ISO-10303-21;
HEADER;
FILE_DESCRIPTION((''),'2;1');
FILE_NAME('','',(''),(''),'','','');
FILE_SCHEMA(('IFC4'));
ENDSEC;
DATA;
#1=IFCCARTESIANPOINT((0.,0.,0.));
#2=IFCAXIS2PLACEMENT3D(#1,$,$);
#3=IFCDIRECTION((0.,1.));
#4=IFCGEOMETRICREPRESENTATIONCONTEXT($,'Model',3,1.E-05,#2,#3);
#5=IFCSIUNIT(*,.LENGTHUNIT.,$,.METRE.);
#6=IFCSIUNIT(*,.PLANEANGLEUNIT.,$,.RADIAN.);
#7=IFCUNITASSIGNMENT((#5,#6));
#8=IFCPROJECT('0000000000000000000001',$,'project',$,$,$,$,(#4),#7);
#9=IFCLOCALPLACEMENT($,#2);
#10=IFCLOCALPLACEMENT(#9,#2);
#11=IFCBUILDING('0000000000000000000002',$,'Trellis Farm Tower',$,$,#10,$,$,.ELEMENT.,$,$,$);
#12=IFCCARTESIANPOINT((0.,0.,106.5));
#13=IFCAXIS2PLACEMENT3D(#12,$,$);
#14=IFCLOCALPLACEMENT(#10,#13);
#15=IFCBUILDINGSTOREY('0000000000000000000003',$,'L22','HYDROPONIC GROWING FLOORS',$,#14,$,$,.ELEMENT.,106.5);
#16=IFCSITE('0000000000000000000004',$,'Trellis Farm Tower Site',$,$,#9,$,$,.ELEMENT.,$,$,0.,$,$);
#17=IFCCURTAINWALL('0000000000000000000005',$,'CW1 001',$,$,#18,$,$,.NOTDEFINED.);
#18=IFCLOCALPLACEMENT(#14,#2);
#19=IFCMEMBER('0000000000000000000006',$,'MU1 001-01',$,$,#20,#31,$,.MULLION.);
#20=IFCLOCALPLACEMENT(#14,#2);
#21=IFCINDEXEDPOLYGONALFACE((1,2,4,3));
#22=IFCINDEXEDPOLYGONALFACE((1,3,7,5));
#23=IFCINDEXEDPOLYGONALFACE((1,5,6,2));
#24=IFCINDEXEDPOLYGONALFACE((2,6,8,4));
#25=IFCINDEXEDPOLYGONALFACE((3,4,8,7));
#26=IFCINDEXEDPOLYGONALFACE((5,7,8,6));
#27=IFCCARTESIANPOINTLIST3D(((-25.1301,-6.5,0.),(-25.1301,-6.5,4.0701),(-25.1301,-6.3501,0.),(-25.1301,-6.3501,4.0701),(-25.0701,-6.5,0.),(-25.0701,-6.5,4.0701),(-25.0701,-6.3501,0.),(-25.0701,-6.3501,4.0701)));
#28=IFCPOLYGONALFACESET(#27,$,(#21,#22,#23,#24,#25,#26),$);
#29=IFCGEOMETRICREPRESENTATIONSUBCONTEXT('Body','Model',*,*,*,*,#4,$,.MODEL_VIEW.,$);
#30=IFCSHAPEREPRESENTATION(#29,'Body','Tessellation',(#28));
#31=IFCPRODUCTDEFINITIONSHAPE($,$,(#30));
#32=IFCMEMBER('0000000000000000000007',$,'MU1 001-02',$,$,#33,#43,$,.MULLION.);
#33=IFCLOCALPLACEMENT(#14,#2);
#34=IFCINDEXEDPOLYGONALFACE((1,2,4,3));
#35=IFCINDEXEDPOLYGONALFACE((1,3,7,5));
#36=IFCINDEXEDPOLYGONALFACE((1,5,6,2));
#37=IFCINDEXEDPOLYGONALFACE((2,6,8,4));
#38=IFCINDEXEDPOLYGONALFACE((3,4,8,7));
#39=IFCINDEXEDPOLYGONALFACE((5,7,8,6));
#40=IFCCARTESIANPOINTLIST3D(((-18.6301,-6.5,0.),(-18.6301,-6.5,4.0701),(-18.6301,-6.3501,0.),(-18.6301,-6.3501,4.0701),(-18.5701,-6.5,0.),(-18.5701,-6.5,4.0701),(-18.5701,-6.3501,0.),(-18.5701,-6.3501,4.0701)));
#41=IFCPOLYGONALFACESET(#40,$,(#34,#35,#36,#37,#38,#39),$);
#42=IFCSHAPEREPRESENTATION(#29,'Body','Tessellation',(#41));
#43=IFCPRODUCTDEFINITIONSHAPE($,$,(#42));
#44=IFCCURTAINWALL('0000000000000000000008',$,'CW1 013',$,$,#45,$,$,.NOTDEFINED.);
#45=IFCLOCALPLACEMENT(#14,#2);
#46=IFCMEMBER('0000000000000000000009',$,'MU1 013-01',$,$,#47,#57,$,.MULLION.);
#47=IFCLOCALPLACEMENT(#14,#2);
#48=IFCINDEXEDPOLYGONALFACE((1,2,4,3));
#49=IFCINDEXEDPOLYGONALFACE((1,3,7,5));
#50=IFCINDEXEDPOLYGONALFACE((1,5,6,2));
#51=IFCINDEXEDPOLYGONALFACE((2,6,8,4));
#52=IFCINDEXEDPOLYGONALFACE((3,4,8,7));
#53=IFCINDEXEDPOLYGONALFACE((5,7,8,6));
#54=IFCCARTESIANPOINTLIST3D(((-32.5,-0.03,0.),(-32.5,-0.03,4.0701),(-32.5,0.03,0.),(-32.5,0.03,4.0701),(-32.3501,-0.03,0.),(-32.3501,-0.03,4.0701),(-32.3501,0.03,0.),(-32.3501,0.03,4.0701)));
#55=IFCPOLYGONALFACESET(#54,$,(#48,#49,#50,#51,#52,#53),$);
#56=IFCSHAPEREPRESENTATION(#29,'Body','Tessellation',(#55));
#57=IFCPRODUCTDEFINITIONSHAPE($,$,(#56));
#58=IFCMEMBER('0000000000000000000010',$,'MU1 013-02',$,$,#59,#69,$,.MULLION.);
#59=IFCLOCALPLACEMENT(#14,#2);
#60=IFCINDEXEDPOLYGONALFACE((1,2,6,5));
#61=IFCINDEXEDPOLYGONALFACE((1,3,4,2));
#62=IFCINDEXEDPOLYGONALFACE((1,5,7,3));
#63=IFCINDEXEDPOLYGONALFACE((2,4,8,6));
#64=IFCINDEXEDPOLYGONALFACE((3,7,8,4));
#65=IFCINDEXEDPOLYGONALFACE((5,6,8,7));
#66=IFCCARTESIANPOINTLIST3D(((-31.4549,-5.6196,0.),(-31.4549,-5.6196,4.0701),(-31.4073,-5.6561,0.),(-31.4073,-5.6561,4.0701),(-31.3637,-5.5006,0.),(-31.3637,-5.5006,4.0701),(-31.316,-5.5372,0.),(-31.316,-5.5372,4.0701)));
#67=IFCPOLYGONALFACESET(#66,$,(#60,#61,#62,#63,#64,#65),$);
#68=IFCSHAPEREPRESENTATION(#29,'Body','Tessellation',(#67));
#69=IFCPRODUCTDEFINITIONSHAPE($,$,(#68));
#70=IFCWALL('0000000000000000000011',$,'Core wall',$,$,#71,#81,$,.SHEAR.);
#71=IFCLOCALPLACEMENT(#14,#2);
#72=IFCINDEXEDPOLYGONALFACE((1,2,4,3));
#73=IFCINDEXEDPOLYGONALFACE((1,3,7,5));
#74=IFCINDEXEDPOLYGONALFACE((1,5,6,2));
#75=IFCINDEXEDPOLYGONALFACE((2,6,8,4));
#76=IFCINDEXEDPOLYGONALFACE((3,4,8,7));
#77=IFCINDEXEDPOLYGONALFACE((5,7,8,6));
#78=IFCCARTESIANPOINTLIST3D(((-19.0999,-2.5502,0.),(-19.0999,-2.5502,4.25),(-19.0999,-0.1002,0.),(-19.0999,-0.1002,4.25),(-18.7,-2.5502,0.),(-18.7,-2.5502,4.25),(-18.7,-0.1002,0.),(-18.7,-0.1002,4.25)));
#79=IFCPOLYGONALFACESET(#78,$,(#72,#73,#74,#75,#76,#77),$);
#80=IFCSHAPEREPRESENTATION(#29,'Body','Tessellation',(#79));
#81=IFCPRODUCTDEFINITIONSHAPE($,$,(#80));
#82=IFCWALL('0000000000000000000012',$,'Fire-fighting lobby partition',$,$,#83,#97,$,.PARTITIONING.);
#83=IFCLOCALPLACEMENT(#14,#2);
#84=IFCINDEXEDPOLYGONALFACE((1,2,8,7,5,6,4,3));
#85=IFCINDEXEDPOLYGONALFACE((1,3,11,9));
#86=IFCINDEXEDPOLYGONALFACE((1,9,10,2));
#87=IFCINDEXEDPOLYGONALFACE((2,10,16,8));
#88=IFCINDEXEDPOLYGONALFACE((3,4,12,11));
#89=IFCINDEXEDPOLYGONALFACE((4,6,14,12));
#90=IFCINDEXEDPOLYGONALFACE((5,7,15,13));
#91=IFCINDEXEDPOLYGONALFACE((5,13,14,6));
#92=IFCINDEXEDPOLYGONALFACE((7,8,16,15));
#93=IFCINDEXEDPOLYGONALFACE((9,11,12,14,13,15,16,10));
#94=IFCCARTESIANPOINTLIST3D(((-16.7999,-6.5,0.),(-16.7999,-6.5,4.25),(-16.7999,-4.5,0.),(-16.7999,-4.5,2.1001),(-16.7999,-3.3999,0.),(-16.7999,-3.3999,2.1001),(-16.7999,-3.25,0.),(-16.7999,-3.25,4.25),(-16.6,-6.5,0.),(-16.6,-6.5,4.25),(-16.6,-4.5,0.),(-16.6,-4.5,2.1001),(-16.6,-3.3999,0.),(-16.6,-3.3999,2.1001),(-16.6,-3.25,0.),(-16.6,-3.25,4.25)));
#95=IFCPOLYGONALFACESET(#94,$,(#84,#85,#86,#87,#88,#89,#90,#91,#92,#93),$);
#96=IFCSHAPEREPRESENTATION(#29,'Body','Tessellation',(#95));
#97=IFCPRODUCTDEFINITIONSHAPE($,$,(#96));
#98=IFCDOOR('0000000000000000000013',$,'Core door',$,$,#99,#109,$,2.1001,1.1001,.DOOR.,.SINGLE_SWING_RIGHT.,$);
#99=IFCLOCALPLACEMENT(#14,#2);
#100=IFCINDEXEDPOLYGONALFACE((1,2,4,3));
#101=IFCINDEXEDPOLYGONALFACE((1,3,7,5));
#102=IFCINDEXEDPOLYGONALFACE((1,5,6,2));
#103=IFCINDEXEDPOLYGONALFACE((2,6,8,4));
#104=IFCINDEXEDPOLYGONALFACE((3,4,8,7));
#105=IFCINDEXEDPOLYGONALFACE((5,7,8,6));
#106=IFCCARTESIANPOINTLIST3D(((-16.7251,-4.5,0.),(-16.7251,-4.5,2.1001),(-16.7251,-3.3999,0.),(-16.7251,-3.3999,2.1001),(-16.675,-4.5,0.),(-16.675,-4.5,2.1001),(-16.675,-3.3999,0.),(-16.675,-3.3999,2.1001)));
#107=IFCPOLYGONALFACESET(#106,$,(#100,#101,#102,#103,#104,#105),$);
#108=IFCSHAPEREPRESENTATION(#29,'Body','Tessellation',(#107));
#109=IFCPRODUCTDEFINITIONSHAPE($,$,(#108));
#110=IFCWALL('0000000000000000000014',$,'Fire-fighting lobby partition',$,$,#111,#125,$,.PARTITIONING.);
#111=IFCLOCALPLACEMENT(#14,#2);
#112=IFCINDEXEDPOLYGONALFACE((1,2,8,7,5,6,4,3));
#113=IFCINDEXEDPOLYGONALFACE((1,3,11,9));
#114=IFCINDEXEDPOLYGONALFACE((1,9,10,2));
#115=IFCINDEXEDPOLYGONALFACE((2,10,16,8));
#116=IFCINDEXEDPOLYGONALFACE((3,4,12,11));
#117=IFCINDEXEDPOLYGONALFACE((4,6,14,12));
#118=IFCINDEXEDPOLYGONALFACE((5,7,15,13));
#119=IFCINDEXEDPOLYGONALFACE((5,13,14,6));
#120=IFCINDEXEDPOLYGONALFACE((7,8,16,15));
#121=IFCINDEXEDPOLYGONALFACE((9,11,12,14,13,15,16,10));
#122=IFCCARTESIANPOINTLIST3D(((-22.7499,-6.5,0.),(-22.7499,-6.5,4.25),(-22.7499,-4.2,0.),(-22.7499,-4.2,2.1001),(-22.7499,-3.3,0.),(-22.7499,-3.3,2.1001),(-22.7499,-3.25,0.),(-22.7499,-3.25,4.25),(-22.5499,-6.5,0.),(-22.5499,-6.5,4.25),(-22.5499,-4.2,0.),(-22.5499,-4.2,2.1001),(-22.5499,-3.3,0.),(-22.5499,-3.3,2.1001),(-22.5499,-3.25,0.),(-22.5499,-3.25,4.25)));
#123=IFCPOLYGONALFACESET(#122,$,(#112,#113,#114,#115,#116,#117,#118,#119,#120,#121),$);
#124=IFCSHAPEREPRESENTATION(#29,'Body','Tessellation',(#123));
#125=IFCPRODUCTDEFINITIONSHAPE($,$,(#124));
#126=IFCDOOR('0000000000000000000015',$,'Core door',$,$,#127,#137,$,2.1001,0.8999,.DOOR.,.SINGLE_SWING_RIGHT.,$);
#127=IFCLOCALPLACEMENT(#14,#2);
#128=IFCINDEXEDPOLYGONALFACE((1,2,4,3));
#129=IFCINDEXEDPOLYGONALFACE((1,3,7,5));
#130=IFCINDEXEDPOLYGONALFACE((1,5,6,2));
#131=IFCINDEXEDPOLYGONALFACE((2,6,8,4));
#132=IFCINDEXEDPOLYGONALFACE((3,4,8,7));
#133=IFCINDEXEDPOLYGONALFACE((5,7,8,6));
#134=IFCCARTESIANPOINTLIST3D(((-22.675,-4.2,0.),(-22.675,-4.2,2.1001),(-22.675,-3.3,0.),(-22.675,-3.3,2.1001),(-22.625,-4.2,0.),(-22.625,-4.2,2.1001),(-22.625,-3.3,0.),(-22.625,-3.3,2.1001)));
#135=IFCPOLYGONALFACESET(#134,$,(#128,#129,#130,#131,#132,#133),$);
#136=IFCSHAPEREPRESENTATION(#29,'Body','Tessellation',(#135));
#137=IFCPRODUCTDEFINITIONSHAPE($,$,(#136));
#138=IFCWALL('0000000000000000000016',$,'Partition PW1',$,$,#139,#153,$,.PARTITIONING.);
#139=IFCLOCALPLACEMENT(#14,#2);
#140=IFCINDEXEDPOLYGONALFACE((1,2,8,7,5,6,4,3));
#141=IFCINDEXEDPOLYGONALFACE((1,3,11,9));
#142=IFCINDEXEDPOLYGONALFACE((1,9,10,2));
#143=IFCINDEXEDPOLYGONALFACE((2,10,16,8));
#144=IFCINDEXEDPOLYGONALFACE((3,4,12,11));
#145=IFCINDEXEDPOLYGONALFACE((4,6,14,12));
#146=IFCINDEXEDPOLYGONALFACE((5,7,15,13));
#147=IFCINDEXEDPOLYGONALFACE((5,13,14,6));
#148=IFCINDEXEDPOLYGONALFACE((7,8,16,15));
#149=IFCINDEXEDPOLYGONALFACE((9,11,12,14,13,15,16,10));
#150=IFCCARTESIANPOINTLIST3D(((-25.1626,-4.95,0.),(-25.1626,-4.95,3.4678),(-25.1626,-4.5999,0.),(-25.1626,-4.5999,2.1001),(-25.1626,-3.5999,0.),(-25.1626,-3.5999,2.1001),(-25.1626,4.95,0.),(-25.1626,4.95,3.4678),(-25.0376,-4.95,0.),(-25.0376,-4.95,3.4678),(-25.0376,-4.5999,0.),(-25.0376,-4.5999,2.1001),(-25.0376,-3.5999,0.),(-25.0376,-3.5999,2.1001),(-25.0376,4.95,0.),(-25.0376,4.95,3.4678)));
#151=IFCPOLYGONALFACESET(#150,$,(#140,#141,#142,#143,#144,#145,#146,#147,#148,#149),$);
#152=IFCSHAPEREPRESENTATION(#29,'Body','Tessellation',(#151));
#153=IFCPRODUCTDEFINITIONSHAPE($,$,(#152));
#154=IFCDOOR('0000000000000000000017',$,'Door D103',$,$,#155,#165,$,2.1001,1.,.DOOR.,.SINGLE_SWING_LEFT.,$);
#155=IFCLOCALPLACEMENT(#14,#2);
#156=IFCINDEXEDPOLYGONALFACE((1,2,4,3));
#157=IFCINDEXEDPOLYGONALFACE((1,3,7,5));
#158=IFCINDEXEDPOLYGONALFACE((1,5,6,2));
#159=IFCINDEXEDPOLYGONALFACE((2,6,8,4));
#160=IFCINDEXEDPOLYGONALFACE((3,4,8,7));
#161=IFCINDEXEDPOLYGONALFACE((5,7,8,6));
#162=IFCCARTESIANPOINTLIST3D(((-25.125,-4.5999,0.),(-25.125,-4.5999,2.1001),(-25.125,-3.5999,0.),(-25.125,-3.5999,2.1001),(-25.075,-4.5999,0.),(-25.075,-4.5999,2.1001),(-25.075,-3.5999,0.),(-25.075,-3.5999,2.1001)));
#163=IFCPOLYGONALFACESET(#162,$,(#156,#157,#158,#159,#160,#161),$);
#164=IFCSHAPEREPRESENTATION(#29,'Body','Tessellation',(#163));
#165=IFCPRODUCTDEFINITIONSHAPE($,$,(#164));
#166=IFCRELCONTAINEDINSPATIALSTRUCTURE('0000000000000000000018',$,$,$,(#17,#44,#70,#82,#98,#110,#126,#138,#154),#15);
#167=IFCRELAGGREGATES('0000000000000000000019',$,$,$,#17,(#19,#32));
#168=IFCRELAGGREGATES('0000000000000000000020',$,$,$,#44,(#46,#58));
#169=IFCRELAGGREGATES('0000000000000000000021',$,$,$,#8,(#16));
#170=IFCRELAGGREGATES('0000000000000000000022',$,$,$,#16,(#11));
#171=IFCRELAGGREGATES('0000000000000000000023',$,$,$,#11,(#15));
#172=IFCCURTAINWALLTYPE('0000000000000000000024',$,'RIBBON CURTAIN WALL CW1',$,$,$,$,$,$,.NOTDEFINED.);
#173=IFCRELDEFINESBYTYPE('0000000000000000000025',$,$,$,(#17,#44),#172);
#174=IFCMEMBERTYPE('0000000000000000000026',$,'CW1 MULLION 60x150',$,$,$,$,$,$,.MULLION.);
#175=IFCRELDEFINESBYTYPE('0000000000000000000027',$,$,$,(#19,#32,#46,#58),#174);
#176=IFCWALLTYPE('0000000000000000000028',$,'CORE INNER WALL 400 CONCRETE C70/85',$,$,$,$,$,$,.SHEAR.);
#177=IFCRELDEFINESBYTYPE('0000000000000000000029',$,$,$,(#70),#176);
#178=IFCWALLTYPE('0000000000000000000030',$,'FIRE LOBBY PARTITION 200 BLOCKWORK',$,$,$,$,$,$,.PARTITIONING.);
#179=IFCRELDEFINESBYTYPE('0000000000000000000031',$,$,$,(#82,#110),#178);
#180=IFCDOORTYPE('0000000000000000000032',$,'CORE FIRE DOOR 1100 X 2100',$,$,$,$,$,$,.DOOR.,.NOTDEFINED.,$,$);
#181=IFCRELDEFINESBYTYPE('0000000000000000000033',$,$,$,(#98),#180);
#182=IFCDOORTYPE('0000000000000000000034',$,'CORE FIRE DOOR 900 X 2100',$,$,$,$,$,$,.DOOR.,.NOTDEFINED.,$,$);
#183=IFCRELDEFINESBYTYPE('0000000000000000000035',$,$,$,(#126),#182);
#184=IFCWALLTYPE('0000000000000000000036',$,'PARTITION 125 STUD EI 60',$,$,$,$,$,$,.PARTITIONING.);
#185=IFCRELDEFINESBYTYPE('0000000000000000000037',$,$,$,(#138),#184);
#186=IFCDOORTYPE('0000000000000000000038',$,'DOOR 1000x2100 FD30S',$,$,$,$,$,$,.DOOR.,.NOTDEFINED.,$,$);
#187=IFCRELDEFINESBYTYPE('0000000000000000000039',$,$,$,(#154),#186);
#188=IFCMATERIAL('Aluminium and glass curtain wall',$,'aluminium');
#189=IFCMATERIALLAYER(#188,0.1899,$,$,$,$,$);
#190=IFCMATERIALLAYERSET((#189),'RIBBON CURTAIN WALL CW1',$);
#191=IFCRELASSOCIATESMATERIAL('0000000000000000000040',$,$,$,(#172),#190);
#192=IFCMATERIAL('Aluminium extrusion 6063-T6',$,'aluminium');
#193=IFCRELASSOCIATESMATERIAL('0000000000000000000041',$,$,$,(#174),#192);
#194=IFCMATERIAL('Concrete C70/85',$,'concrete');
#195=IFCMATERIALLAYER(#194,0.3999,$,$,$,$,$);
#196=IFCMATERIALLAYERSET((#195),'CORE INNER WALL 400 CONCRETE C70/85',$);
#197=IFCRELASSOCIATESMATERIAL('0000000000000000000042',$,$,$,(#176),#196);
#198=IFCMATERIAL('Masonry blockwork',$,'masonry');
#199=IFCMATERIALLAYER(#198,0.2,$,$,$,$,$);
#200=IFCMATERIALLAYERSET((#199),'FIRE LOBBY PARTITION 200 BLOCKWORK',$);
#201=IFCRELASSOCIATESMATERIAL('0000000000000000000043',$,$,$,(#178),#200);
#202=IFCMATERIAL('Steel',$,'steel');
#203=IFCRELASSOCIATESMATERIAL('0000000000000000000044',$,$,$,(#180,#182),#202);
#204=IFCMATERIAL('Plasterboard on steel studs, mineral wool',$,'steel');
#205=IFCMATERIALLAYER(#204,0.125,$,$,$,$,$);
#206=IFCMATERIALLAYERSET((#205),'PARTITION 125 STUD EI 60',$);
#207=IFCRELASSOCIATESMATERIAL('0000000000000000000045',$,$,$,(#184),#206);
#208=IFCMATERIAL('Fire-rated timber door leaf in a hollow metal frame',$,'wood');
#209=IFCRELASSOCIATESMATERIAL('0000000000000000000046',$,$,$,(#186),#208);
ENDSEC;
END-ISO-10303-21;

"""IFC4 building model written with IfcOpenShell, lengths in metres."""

from ifc_helpers import new_model, si_unit, direction, frame, frame_2d, origin, origin_2d, place, context, subcontext, project, spatial, rectangle, extrude, source, transform, mapped, material, layer, layer_set, material_profile, profile_set, type_object, element, fill, aggregate, save


model = new_model("IFC4")

# Units and contexts
model_context = context("Model", 3, precision=1e-05, world=origin(), true_north=direction((0.0, 1.0)))
body_context = subcontext(model_context, "Body", "Model", "MODEL_VIEW")
ifc_project = project(units=[si_unit("LENGTHUNIT", "METRE"), si_unit("PLANEANGLEUNIT", "RADIAN")], contexts=[model_context])

# Site, building, storey
site_placement = place(None, origin())
site = spatial("IfcSite", under=ifc_project, at=site_placement, Name="Trellis Farm Tower Site", CompositionType="ELEMENT", RefElevation=0.0)
building_placement = place(site_placement, origin())
building = spatial("IfcBuilding", under=site, at=building_placement, Name="Trellis Farm Tower", CompositionType="ELEMENT")
storey_placement = place(building_placement, frame((0.0, 0.0, 106.5)))
storey = spatial("IfcBuildingStorey", under=building, at=storey_placement, Name="L22", Description="HYDROPONIC GROWING FLOORS", CompositionType="ELEMENT", Elevation=106.5)

# Curtain walls, members
ifc_material_1 = material(Name="Aluminium and glass curtain wall", Category="aluminium")
ifc_layer_1 = layer(ifc_material_1, 0.1899)
ifc_layer_set_1 = layer_set([ifc_layer_1], Name="RIBBON CURTAIN WALL CW1")
curtain_wall_type = type_object("IfcCurtainWallType", Name="RIBBON CURTAIN WALL CW1", PredefinedType="NOTDEFINED", material=ifc_layer_set_1)
placement = place(storey_placement, origin())
curtain_wall_1 = element("IfcCurtainWall", 1, at=placement, inside=storey, type_object=curtain_wall_type, Name="CW1 001", PredefinedType="NOTDEFINED")
ifc_material_2 = material(Name="Aluminium extrusion 6063-T6", Category="aluminium")
ifc_material_profile_1 = material_profile(ifc_material_2, rectangle(XDim=0.0601, YDim=0.1499, at=origin_2d()), Name="MULLION 60x150")
ifc_profile_set_1 = profile_set([ifc_material_profile_1], Name="Aluminium extrusion 6063-T6")
member_type = type_object("IfcMemberType", Name="CW1 MULLION 60x150", PredefinedType="MULLION", material=ifc_profile_set_1)
shared_shape_1 = source(origin(), body_context, "Body", "SweptSolid", [
    extrude(rectangle(XDim=0.0601, YDim=0.1499, at=origin_2d()), origin(), (0.0, 0.0, 1.0), 4.0701),
])
member_1_placement = place(storey_placement, frame((-25.1001, -6.425, 0.0), z_axis=(0.0, 0.0, 1.0), x_axis=(1.0, 0.0, 0.0)))
member_1 = element("IfcMember", 2, at=member_1_placement, type_object=member_type, Name="MU1 001-01", PredefinedType="MULLION", context=body_context, shape_type="MappedRepresentation", body=[
    mapped(shared_shape_1, transform((0.0, 0.0, 0.0))),
])
member_2_placement = place(storey_placement, frame((-18.6001, -6.425, 0.0), z_axis=(0.0, 0.0, 1.0), x_axis=(1.0, 0.0, 0.0)))
member_2 = element("IfcMember", 3, at=member_2_placement, type_object=member_type, Name="MU1 001-02", PredefinedType="MULLION", context=body_context, shape_type="MappedRepresentation", body=[
    mapped(shared_shape_1, transform((0.0, 0.0, 0.0))),
])
aggregate(curtain_wall_1, [member_1, member_2])
curtain_wall_2 = element("IfcCurtainWall", 4, at=placement, inside=storey, type_object=curtain_wall_type, Name="CW1 013", PredefinedType="NOTDEFINED")
member_3_placement = place(storey_placement, frame((-32.425, 0.0, 0.0), z_axis=(0.0, 0.0, 1.0), x_axis=(0.0, -1.0, 0.0)))
member_3 = element("IfcMember", 5, at=member_3_placement, type_object=member_type, Name="MU1 013-01", PredefinedType="MULLION", context=body_context, shape_type="MappedRepresentation", body=[
    mapped(shared_shape_1, transform((0.0, 0.0, 0.0))),
])
member_4_placement = place(storey_placement, frame((-31.3855, -5.5784, 0.0), z_axis=(0.0, 0.0, 1.0), x_axis=(0.793353, -0.608761, 0.0)))
member_4 = element("IfcMember", 6, at=member_4_placement, type_object=member_type, Name="MU1 013-02", PredefinedType="MULLION", context=body_context, shape_type="MappedRepresentation", body=[
    mapped(shared_shape_1, transform((0.0, 0.0, 0.0))),
])
aggregate(curtain_wall_2, [member_3, member_4])

# Wall
ifc_material_3 = material(Name="Concrete C70/85", Category="concrete")
ifc_layer_2 = layer(ifc_material_3, 0.3999)
ifc_layer_set_2 = layer_set([ifc_layer_2], Name="CORE INNER WALL 400 CONCRETE C70/85")
wall_type_1 = type_object("IfcWallType", Name="CORE INNER WALL 400 CONCRETE C70/85", PredefinedType="SHEAR", material=ifc_layer_set_2)
shared_shape_2 = source(origin(), body_context, "Body", "SweptSolid", [
    extrude(rectangle(XDim=2.45, YDim=0.3999, at=frame_2d((1.2251, 0.0))), origin(), (0.0, 0.0, 1.0), 4.25),
])
wall_1_placement = place(storey_placement, frame((-18.8999, -0.1001, 0.0), z_axis=(0.0, 0.0, 1.0), x_axis=(0.0, -1.0, 0.0)))
element("IfcWall", 7, at=wall_1_placement, inside=storey, type_object=wall_type_1, Name="Core wall", PredefinedType="SHEAR", context=body_context, shape_type="MappedRepresentation", body=[
    mapped(shared_shape_2, transform((0.0, 0.0, 0.0))),
])

# Walls, openings, doors
ifc_material_4 = material(Name="Masonry blockwork", Category="masonry")
ifc_layer_3 = layer(ifc_material_4, 0.2)
ifc_layer_set_3 = layer_set([ifc_layer_3], Name="FIRE LOBBY PARTITION 200 BLOCKWORK")
wall_type_2 = type_object("IfcWallType", Name="FIRE LOBBY PARTITION 200 BLOCKWORK", PredefinedType="PARTITIONING", material=ifc_layer_set_3)
shared_shape_3 = source(origin(), body_context, "Body", "SweptSolid", [
    extrude(rectangle(XDim=3.25, YDim=0.2, at=frame_2d((1.625, 0.0))), origin(), (0.0, 0.0, 1.0), 4.25),
])
wall_2_placement = place(storey_placement, frame((-16.7, -3.25, 0.0), z_axis=(0.0, 0.0, 1.0), x_axis=(0.0, -1.0, 0.0)))
wall_2 = element("IfcWall", 8, at=wall_2_placement, inside=storey, type_object=wall_type_2, Name="Fire-fighting lobby partition", PredefinedType="PARTITIONING", context=body_context, shape_type="MappedRepresentation", body=[
    mapped(shared_shape_3, transform((0.0, 0.0, 0.0))),
])
shared_shape_4 = source(origin(), body_context, "Body", "SweptSolid", [
    extrude(rectangle(XDim=1.1001, YDim=2.1001, at=frame_2d((0.55, 1.05))), frame((0.0, 0.1101, 0.0), z_axis=(0.0, -1.0, 0.0), x_axis=(1.0, 0.0, 0.0)), (0.0, 0.0, 1.0), 0.2202),
])
opening_1_placement = place(wall_2_placement, frame((0.1499, 0.0, 0.0)))
opening_1 = element("IfcOpeningElement", 9, at=opening_1_placement, cuts=wall_2, PredefinedType="OPENING", context=body_context, shape_type="MappedRepresentation", body=[
    mapped(shared_shape_4, transform((0.0, 0.0, 0.0))),
])
ifc_material_5 = material(Name="Steel", Category="steel")
door_type_1 = type_object("IfcDoorType", Name="CORE FIRE DOOR 1100 X 2100", OperationType="NOTDEFINED", PredefinedType="DOOR", material=ifc_material_5)
shared_shape_5 = source(origin(), body_context, "Body", "SweptSolid", [
    extrude(rectangle(XDim=1.1001, YDim=2.1001, at=frame_2d((0.55, 1.05))), frame((0.0, 0.0249, 0.0), z_axis=(0.0, -1.0, 0.0), x_axis=(1.0, 0.0, 0.0)), (0.0, 0.0, 1.0), 0.05),
])
door_1_placement = place(opening_1_placement, origin())
door_1 = element("IfcDoor", 10, at=door_1_placement, inside=storey, type_object=door_type_1, Name="Core door", OperationType="SINGLE_SWING_RIGHT", OverallHeight=2.1001, OverallWidth=1.1001, PredefinedType="DOOR", context=body_context, shape_type="MappedRepresentation", body=[
    mapped(shared_shape_5, transform((0.0, 0.0, 0.0))),
])
fill(opening_1, door_1)
wall_3_placement = place(storey_placement, frame((-22.6499, -3.25, 0.0), z_axis=(0.0, 0.0, 1.0), x_axis=(0.0, -1.0, 0.0)))
wall_3 = element("IfcWall", 11, at=wall_3_placement, inside=storey, type_object=wall_type_2, Name="Fire-fighting lobby partition", PredefinedType="PARTITIONING", context=body_context, shape_type="MappedRepresentation", body=[
    mapped(shared_shape_3, transform((0.0, 0.0, 0.0))),
])
shared_shape_6 = source(origin(), body_context, "Body", "SweptSolid", [
    extrude(rectangle(XDim=0.8999, YDim=2.1001, at=frame_2d((0.45, 1.05))), frame((0.0, 0.1101, 0.0), z_axis=(0.0, -1.0, 0.0), x_axis=(1.0, 0.0, 0.0)), (0.0, 0.0, 1.0), 0.2202),
])
opening_2_placement = place(wall_3_placement, frame((0.05, 0.0, 0.0)))
opening_2 = element("IfcOpeningElement", 12, at=opening_2_placement, cuts=wall_3, PredefinedType="OPENING", context=body_context, shape_type="MappedRepresentation", body=[
    mapped(shared_shape_6, transform((0.0, 0.0, 0.0))),
])
door_type_2 = type_object("IfcDoorType", Name="CORE FIRE DOOR 900 X 2100", OperationType="NOTDEFINED", PredefinedType="DOOR", material=ifc_material_5)
shared_shape_7 = source(origin(), body_context, "Body", "SweptSolid", [
    extrude(rectangle(XDim=0.8999, YDim=2.1001, at=frame_2d((0.45, 1.05))), frame((0.0, 0.0249, 0.0), z_axis=(0.0, -1.0, 0.0), x_axis=(1.0, 0.0, 0.0)), (0.0, 0.0, 1.0), 0.05),
])
door_2_placement = place(opening_2_placement, origin())
door_2 = element("IfcDoor", 13, at=door_2_placement, inside=storey, type_object=door_type_2, Name="Core door", OperationType="SINGLE_SWING_RIGHT", OverallHeight=2.1001, OverallWidth=0.8999, PredefinedType="DOOR", context=body_context, shape_type="MappedRepresentation", body=[
    mapped(shared_shape_7, transform((0.0, 0.0, 0.0))),
])
fill(opening_2, door_2)
ifc_material_6 = material(Name="Plasterboard on steel studs, mineral wool", Category="steel")
ifc_layer_4 = layer(ifc_material_6, 0.125)
ifc_layer_set_4 = layer_set([ifc_layer_4], Name="PARTITION 125 STUD EI 60")
wall_type_3 = type_object("IfcWallType", Name="PARTITION 125 STUD EI 60", PredefinedType="PARTITIONING", material=ifc_layer_set_4)
shared_shape_8 = source(origin(), body_context, "Body", "SweptSolid", [
    extrude(rectangle(XDim=9.8999, YDim=0.125, at=frame_2d((4.95, 0.0))), origin(), (0.0, 0.0, 1.0), 3.4678),
])
wall_4_placement = place(storey_placement, frame((-25.1001, -4.95, 0.0), z_axis=(0.0, 0.0, 1.0), x_axis=(0.0, 1.0, 0.0)))
wall_4 = element("IfcWall", 14, at=wall_4_placement, inside=storey, type_object=wall_type_3, Name="Partition PW1", PredefinedType="PARTITIONING", context=body_context, shape_type="MappedRepresentation", body=[
    mapped(shared_shape_8, transform((0.0, 0.0, 0.0))),
])
shared_shape_9 = source(origin(), body_context, "Body", "SweptSolid", [
    extrude(rectangle(XDim=1.0, YDim=2.1001, at=frame_2d((0.5, 1.05))), frame((0.0, 0.0725, 0.0), z_axis=(0.0, -1.0, 0.0), x_axis=(1.0, 0.0, 0.0)), (0.0, 0.0, 1.0), 0.145),
])
opening_3_placement = place(wall_4_placement, frame((0.3501, 0.0, 0.0)))
opening_3 = element("IfcOpeningElement", 15, at=opening_3_placement, cuts=wall_4, PredefinedType="OPENING", context=body_context, shape_type="MappedRepresentation", body=[
    mapped(shared_shape_9, transform((0.0, 0.0, 0.0))),
])
ifc_material_7 = material(Name="Fire-rated timber door leaf in a hollow metal frame", Category="wood")
door_type_3 = type_object("IfcDoorType", Name="DOOR 1000x2100 FD30S", OperationType="NOTDEFINED", PredefinedType="DOOR", material=ifc_material_7)
shared_shape_10 = source(origin(), body_context, "Body", "SweptSolid", [
    extrude(rectangle(XDim=1.0, YDim=2.1001, at=frame_2d((0.5, 1.05))), frame((0.0, 0.0249, 0.0), z_axis=(0.0, -1.0, 0.0), x_axis=(1.0, 0.0, 0.0)), (0.0, 0.0, 1.0), 0.05),
])
door_3_placement = place(opening_3_placement, origin())
door_3 = element("IfcDoor", 16, at=door_3_placement, inside=storey, type_object=door_type_3, Name="Door D103", OperationType="SINGLE_SWING_LEFT", OverallHeight=2.1001, OverallWidth=1.0, PredefinedType="DOOR", context=body_context, shape_type="MappedRepresentation", body=[
    mapped(shared_shape_10, transform((0.0, 0.0, 0.0))),
])
fill(opening_3, door_3)

save(model, "model.ifc")
